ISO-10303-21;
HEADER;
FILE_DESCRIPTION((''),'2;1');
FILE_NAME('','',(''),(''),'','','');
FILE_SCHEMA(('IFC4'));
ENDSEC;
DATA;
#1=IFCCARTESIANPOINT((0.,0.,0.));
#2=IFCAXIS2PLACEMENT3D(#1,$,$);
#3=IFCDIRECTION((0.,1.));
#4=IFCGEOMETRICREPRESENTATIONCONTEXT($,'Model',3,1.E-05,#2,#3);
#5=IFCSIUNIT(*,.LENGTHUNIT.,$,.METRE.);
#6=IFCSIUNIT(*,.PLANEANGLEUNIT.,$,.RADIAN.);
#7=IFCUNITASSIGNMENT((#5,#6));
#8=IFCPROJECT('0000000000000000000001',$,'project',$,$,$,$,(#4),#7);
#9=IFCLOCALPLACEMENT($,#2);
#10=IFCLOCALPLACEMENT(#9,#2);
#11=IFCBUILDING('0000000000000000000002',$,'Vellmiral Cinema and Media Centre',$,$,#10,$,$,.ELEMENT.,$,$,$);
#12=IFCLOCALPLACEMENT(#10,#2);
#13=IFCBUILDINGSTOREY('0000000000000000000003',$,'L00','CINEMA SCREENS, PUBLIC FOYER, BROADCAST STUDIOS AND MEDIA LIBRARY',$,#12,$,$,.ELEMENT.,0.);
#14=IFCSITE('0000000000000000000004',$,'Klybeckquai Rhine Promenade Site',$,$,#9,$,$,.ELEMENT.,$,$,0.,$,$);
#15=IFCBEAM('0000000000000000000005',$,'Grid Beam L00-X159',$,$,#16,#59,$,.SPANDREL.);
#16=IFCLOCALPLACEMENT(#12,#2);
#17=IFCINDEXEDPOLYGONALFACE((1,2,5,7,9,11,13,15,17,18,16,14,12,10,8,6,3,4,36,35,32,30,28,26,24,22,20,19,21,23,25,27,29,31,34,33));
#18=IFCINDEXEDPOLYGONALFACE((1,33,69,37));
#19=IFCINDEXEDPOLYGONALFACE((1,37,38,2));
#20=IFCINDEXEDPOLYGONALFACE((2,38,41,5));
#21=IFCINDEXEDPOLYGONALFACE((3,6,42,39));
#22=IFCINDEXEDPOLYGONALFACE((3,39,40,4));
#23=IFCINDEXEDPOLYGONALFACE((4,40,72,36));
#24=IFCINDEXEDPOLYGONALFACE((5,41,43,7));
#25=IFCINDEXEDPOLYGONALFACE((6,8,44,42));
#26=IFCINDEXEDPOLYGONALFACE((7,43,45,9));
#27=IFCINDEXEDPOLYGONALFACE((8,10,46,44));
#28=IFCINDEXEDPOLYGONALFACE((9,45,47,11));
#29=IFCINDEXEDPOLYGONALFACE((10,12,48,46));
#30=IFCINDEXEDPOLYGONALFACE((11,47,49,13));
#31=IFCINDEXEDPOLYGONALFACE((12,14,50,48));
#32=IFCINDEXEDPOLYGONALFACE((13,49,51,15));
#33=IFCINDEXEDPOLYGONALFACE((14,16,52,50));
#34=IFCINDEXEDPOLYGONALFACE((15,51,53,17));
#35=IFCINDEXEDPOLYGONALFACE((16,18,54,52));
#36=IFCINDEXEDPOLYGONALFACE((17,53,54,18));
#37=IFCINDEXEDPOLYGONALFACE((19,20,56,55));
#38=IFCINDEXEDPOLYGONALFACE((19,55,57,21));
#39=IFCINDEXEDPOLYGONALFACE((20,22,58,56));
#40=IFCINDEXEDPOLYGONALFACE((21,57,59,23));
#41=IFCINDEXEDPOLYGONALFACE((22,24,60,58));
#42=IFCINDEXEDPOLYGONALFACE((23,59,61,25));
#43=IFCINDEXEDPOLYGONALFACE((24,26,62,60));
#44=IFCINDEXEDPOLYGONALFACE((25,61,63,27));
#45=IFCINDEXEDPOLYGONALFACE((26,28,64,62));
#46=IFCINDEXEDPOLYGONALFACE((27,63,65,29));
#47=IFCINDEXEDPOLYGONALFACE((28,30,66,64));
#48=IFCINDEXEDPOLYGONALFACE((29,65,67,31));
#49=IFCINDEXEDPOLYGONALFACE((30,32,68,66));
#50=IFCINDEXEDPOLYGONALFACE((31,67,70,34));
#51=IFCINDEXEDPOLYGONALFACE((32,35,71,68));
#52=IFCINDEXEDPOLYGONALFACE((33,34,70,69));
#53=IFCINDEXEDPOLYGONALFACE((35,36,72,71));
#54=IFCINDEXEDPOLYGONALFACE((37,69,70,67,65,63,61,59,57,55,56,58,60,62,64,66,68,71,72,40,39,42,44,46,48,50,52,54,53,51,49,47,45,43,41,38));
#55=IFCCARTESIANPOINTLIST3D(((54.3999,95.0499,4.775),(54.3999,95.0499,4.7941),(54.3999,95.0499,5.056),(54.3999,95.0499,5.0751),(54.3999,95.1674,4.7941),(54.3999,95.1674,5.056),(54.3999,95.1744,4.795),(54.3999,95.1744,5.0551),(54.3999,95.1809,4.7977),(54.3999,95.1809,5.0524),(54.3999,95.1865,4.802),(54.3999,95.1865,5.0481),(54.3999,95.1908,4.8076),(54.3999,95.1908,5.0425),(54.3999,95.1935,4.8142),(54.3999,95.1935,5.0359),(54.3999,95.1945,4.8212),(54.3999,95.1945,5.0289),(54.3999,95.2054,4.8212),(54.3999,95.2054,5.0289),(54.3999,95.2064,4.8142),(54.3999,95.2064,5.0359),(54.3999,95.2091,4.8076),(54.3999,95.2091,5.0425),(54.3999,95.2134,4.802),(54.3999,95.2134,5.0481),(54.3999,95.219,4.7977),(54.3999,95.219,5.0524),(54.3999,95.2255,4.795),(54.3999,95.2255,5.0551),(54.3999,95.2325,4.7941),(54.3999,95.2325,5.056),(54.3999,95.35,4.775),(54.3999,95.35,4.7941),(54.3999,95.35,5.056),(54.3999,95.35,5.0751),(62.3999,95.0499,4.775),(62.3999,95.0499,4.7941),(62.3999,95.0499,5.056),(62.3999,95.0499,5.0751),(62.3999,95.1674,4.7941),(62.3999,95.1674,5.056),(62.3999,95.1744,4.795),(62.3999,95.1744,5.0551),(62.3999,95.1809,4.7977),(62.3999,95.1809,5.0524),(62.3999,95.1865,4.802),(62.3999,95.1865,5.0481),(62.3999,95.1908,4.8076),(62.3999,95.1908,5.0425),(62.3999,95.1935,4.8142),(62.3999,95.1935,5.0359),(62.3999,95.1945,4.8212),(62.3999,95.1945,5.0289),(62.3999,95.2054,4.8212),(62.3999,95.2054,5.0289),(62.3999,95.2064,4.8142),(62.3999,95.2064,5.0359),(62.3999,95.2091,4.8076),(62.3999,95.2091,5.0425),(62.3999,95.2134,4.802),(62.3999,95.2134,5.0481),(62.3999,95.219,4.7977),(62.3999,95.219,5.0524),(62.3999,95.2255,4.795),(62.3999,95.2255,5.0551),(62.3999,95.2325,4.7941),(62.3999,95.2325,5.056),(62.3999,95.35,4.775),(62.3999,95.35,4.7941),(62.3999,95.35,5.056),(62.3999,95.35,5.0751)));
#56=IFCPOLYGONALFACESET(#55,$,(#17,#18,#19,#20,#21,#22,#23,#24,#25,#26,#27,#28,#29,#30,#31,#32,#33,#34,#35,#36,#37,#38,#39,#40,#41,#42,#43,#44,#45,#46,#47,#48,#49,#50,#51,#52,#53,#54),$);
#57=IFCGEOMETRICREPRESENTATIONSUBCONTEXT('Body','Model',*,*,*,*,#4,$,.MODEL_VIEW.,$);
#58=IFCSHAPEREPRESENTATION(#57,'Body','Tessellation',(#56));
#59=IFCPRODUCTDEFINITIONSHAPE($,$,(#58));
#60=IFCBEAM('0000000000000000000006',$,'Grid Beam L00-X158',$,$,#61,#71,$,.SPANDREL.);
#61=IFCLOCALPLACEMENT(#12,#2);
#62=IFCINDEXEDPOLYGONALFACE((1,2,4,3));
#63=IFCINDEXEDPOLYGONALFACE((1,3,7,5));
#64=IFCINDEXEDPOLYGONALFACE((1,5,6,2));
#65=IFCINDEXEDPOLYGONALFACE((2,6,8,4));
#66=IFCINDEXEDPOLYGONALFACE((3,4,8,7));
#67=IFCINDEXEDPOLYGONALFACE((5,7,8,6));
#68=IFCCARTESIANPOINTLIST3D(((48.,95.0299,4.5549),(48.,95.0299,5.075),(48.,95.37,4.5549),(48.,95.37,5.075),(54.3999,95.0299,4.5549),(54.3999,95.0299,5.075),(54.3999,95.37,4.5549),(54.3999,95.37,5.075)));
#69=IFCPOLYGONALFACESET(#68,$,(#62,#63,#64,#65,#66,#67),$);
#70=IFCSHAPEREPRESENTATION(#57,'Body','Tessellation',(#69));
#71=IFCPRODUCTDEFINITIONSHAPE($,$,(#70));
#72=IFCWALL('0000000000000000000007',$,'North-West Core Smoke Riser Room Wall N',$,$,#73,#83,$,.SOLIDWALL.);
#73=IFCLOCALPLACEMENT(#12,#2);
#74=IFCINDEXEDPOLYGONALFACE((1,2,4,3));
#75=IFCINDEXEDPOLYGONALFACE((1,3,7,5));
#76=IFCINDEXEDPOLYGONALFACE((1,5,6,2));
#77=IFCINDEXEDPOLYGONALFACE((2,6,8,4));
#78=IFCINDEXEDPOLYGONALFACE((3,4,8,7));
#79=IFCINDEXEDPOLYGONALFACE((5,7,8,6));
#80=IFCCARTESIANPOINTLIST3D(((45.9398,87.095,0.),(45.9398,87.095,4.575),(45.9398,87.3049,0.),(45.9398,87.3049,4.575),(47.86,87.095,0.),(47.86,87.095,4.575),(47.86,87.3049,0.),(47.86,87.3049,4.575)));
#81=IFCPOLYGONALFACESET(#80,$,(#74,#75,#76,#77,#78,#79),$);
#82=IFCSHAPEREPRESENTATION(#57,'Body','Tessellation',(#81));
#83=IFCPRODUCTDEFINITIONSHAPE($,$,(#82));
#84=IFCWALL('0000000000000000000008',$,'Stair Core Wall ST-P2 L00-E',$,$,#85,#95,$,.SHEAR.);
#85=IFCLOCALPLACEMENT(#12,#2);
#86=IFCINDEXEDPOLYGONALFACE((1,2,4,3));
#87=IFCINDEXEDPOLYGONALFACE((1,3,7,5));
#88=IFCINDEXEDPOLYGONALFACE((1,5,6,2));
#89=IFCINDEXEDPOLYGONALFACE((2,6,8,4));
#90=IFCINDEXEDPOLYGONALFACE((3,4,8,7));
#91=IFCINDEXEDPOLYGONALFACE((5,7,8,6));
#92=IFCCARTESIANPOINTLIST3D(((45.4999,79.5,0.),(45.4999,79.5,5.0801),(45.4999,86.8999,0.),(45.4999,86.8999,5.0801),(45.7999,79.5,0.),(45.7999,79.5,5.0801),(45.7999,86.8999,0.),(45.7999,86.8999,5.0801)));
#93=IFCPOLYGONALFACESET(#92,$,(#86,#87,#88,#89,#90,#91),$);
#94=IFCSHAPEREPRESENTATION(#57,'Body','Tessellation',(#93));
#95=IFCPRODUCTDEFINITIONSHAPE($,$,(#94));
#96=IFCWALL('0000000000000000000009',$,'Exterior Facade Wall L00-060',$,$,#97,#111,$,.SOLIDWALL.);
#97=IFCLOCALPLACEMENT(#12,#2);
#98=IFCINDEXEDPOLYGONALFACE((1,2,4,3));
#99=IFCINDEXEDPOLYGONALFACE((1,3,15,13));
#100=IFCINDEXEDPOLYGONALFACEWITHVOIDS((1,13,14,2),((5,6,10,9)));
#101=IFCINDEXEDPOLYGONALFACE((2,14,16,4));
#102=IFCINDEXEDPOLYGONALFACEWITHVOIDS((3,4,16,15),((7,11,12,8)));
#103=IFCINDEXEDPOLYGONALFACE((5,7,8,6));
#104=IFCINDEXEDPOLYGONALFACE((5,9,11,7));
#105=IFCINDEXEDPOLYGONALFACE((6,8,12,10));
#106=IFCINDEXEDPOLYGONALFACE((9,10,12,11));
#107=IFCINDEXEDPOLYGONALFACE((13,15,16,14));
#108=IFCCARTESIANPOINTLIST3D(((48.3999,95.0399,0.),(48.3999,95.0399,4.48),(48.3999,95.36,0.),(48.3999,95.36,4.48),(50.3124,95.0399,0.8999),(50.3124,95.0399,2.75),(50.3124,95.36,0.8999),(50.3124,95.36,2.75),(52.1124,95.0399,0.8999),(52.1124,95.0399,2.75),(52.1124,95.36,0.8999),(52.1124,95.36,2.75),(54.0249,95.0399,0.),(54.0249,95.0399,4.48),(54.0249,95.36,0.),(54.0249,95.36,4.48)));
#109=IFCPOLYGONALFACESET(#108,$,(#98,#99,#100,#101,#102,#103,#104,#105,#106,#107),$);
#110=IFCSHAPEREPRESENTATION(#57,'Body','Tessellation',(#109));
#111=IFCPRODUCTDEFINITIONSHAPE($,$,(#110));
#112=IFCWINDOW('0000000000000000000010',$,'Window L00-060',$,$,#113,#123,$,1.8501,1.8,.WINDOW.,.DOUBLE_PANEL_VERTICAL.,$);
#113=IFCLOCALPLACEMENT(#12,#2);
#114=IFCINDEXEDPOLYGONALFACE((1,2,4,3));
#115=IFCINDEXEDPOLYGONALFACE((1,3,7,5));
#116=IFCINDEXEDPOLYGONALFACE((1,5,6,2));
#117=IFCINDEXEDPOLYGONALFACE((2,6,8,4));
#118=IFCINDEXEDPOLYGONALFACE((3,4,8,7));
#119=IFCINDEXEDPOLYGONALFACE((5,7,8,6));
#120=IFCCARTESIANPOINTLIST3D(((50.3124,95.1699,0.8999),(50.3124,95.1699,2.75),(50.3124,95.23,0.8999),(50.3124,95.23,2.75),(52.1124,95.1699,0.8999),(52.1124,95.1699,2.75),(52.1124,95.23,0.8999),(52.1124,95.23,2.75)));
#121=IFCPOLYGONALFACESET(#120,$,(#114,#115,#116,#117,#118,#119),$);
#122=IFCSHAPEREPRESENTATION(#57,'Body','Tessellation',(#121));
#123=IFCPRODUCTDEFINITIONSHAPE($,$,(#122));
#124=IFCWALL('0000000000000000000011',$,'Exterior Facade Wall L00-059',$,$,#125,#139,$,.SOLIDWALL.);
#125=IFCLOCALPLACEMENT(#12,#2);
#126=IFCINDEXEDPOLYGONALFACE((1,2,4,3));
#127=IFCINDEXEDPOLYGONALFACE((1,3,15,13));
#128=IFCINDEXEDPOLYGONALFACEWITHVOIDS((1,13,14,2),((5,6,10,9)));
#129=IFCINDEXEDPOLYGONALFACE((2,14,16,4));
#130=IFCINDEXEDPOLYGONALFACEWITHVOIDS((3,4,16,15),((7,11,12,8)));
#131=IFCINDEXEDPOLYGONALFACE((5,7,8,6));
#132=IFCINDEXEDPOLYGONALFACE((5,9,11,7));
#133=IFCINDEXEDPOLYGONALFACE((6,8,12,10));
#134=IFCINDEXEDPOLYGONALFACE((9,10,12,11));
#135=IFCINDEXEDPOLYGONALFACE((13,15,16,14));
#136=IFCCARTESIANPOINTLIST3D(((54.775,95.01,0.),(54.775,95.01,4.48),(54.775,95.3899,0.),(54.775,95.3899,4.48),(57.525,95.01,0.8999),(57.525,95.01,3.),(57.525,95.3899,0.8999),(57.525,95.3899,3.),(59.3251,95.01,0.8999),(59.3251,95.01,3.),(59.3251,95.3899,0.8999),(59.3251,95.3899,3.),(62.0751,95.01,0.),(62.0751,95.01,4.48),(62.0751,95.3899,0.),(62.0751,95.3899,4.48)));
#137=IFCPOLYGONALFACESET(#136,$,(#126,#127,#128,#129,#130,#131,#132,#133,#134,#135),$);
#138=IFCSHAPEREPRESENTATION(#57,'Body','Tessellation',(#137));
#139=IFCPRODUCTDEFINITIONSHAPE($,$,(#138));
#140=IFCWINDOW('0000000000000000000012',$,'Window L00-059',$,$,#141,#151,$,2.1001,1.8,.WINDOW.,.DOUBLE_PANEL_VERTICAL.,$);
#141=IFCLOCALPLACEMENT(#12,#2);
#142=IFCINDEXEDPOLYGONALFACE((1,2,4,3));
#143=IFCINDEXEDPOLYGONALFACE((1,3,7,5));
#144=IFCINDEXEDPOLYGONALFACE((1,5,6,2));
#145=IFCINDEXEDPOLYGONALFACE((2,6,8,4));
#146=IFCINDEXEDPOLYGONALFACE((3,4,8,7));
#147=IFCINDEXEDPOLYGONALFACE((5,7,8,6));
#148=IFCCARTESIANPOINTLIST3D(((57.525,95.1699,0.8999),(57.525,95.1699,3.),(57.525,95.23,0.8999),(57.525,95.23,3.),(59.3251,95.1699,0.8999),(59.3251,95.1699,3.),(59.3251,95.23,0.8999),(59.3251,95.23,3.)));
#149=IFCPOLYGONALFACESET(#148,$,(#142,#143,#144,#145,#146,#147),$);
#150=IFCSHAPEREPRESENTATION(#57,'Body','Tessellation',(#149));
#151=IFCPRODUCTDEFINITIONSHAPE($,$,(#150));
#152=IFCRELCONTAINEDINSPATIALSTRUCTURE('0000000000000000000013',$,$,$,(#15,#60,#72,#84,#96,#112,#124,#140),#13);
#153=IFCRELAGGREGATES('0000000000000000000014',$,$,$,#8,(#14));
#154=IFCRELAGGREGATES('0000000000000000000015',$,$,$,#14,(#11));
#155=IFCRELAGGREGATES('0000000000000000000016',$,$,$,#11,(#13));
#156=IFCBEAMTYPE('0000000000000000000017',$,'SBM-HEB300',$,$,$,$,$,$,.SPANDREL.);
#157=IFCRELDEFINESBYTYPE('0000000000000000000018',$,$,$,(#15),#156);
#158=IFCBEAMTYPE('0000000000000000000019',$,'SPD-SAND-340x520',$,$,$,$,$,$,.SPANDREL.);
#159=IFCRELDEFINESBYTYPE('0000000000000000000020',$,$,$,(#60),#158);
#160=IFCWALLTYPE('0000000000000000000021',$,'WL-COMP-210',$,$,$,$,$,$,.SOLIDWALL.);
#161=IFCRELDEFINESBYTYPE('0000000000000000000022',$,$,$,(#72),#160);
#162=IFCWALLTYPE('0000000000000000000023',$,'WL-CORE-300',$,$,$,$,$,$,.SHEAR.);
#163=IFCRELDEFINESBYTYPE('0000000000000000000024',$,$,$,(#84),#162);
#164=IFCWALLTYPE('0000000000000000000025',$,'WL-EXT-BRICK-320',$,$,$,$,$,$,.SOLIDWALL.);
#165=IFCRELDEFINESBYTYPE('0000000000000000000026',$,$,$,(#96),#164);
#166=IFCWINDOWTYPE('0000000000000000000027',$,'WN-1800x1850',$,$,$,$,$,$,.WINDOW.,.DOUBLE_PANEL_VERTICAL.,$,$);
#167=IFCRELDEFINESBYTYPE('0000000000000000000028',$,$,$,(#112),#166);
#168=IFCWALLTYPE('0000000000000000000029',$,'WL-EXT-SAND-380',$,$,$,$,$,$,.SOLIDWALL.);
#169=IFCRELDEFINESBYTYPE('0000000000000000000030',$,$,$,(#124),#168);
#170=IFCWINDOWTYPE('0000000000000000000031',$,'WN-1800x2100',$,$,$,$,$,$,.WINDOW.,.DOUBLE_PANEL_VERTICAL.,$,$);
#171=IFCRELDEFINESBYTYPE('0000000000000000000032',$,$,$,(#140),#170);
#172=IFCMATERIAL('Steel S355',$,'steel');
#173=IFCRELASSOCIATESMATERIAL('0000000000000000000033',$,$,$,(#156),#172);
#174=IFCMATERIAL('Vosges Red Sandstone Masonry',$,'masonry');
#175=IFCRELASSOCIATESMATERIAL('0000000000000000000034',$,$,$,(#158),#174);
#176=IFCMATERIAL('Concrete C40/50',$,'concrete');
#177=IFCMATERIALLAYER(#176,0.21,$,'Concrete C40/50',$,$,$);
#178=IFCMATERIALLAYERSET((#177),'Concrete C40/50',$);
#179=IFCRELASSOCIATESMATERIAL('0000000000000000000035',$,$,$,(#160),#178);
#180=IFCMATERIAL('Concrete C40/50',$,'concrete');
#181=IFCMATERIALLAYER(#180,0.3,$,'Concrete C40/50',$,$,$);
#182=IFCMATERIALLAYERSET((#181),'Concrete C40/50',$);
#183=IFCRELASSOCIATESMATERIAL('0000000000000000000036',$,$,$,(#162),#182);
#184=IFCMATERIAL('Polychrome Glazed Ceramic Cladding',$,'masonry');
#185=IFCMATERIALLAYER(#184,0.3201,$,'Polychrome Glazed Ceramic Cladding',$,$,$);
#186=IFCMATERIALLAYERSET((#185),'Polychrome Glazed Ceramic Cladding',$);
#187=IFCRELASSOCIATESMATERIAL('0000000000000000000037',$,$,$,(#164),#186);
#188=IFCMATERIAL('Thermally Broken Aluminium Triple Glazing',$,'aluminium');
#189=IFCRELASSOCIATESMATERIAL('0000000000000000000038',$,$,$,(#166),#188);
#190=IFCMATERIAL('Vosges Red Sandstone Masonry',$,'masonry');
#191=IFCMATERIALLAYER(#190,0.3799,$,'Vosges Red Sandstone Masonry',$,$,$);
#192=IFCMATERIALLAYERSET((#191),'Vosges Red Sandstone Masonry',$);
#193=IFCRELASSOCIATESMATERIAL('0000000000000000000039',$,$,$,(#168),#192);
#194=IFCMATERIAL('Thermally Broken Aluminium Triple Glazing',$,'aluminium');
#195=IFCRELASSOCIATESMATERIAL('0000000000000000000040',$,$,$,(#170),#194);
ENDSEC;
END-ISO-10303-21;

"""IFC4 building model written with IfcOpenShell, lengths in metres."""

from ifc_helpers import new_model, si_unit, direction, frame, frame_2d, origin, origin_2d, place, context, subcontext, project, spatial, rectangle, i_section, extrude, material, layer, layer_set, material_profile, profile_set, type_object, element, fill, save


model = new_model("IFC4")

# Units and contexts
model_context = context("Model", 3, precision=1e-05, world=origin(), true_north=direction((0.0, 1.0)))
body_context = subcontext(model_context, "Body", "Model", "MODEL_VIEW")
ifc_project = project(units=[si_unit("LENGTHUNIT", "METRE"), si_unit("PLANEANGLEUNIT", "RADIAN")], contexts=[model_context])

# Site, building, storey
site_placement = place(None, origin())
site = spatial("IfcSite", under=ifc_project, at=site_placement, Name="Klybeckquai Rhine Promenade Site", CompositionType="ELEMENT", RefElevation=0.0)
building_placement = place(site_placement, origin())
building = spatial("IfcBuilding", under=site, at=building_placement, Name="Vellmiral Cinema and Media Centre", CompositionType="ELEMENT")
storey_placement = place(building_placement, origin())
storey = spatial("IfcBuildingStorey", under=building, at=storey_placement, Name="L00", Description="CINEMA SCREENS, PUBLIC FOYER, BROADCAST STUDIOS AND MEDIA LIBRARY", CompositionType="ELEMENT", Elevation=0.0)

# Beams
ifc_material_1 = material(Name="Steel S355", Category="steel")
ifc_material_profile_1 = material_profile(ifc_material_1, i_section(OverallWidth=0.3, OverallDepth=0.3, WebThickness=0.011, FlangeThickness=0.019, FilletRadius=0.0271, at=origin_2d()), Name="HEB 300")
ifc_profile_set_1 = profile_set([ifc_material_profile_1], Name="Steel S355")
beam_type_1 = type_object("IfcBeamType", Name="SBM-HEB300", PredefinedType="SPANDREL", material=ifc_profile_set_1)
beam_1_placement = place(storey_placement, frame((54.3999, 95.2, 4.925), z_axis=(1.0, 0.0, 0.0), x_axis=(0.0, 1.0, 0.0)))
element("IfcBeam", 1, at=beam_1_placement, inside=storey, type_object=beam_type_1, Name="Grid Beam L00-X159", PredefinedType="SPANDREL", context=body_context, shape_type="SweptSolid", body=[
    extrude(i_section(OverallWidth=0.3, OverallDepth=0.3, WebThickness=0.011, FlangeThickness=0.019, FilletRadius=0.0271, at=origin_2d()), origin(), (0.0, 0.0, 1.0), 8.0),
])
ifc_material_2 = material(Name="Vosges Red Sandstone Masonry", Category="masonry")
ifc_material_profile_2 = material_profile(ifc_material_2, rectangle(XDim=0.3401, YDim=0.52, at=origin_2d()), Name="SAND 340x520")
ifc_profile_set_2 = profile_set([ifc_material_profile_2], Name="Vosges Red Sandstone Masonry")
beam_type_2 = type_object("IfcBeamType", Name="SPD-SAND-340x520", PredefinedType="SPANDREL", material=ifc_profile_set_2)
beam_2_placement = place(storey_placement, frame((48.0, 95.2, 4.8149), z_axis=(1.0, 0.0, 0.0), x_axis=(0.0, 1.0, 0.0)))
element("IfcBeam", 2, at=beam_2_placement, inside=storey, type_object=beam_type_2, Name="Grid Beam L00-X158", PredefinedType="SPANDREL", context=body_context, shape_type="SweptSolid", body=[
    extrude(rectangle(XDim=0.3401, YDim=0.52, at=origin_2d()), origin(), (0.0, 0.0, 1.0), 6.3999),
])

# Walls
ifc_material_3 = material(Name="Concrete C40/50", Category="concrete")
ifc_layer_1 = layer(ifc_material_3, 0.21, Name="Concrete C40/50")
ifc_layer_set_1 = layer_set([ifc_layer_1], Name="Concrete C40/50")
wall_type_1 = type_object("IfcWallType", Name="WL-COMP-210", PredefinedType="SOLIDWALL", material=ifc_layer_set_1)
wall_1_placement = place(storey_placement, frame((45.9399, 87.2, 0.0), z_axis=(0.0, 0.0, 1.0), x_axis=(1.0, 0.0, 0.0)))
element("IfcWall", 3, at=wall_1_placement, inside=storey, type_object=wall_type_1, Name="North-West Core Smoke Riser Room Wall N", PredefinedType="SOLIDWALL", context=body_context, shape_type="SweptSolid", body=[
    extrude(rectangle(XDim=1.9202, YDim=0.21, at=frame_2d((0.96, 0.0))), origin(), (0.0, 0.0, 1.0), 4.575),
])
ifc_material_4 = material(Name="Concrete C40/50", Category="concrete")
ifc_layer_2 = layer(ifc_material_4, 0.3, Name="Concrete C40/50")
ifc_layer_set_2 = layer_set([ifc_layer_2], Name="Concrete C40/50")
wall_type_2 = type_object("IfcWallType", Name="WL-CORE-300", PredefinedType="SHEAR", material=ifc_layer_set_2)
wall_2_placement = place(storey_placement, frame((45.6499, 79.5, 0.0), z_axis=(0.0, 0.0, 1.0), x_axis=(0.0, 1.0, 0.0)))
element("IfcWall", 4, at=wall_2_placement, inside=storey, type_object=wall_type_2, Name="Stair Core Wall ST-P2 L00-E", PredefinedType="SHEAR", context=body_context, shape_type="SweptSolid", body=[
    extrude(rectangle(XDim=7.3999, YDim=0.3, at=frame_2d((3.7, 0.0))), origin(), (0.0, 0.0, 1.0), 5.0801),
])

# Walls, openings, windows
ifc_material_5 = material(Name="Polychrome Glazed Ceramic Cladding", Category="masonry")
ifc_layer_3 = layer(ifc_material_5, 0.3201, Name="Polychrome Glazed Ceramic Cladding")
ifc_layer_set_3 = layer_set([ifc_layer_3], Name="Polychrome Glazed Ceramic Cladding")
wall_type_3 = type_object("IfcWallType", Name="WL-EXT-BRICK-320", PredefinedType="SOLIDWALL", material=ifc_layer_set_3)
wall_3_placement = place(storey_placement, frame((54.0249, 95.2, 0.0), z_axis=(0.0, 0.0, 1.0), x_axis=(-1.0, 0.0, 0.0)))
wall_3 = element("IfcWall", 5, at=wall_3_placement, inside=storey, type_object=wall_type_3, Name="Exterior Facade Wall L00-060", PredefinedType="SOLIDWALL", context=body_context, shape_type="SweptSolid", body=[
    extrude(rectangle(XDim=5.625, YDim=0.3201, at=frame_2d((2.8125, 0.0))), origin(), (0.0, 0.0, 1.0), 4.48),
])
opening_1_placement = place(wall_3_placement, frame((1.9126, 0.0, 0.8999)))
opening_1 = element("IfcOpeningElement", 6, at=opening_1_placement, cuts=wall_3, PredefinedType="OPENING", context=body_context, shape_type="SweptSolid", body=[
    extrude(rectangle(XDim=1.8, YDim=1.8501, at=frame_2d((0.8999, 0.925))), frame((0.0, 0.1719, 0.0), z_axis=(0.0, -1.0, 0.0), x_axis=(1.0, 0.0, 0.0)), (0.0, 0.0, 1.0), 0.344),
])
ifc_material_6 = material(Name="Thermally Broken Aluminium Triple Glazing", Category="aluminium")
window_type_1 = type_object("IfcWindowType", Name="WN-1800x1850", PartitioningType="DOUBLE_PANEL_VERTICAL", PredefinedType="WINDOW", material=ifc_material_6)
window_1_placement = place(opening_1_placement, origin())
window_1 = element("IfcWindow", 7, at=window_1_placement, inside=storey, type_object=window_type_1, Name="Window L00-060", OverallHeight=1.8501, OverallWidth=1.8, PartitioningType="DOUBLE_PANEL_VERTICAL", PredefinedType="WINDOW", context=body_context, shape_type="SweptSolid", body=[
    extrude(rectangle(XDim=1.8, YDim=1.8501, at=frame_2d((0.8999, 0.925))), frame((0.0, 0.03, 0.0), z_axis=(0.0, -1.0, 0.0), x_axis=(1.0, 0.0, 0.0)), (0.0, 0.0, 1.0), 0.0601),
])
fill(opening_1, window_1)
ifc_material_7 = material(Name="Vosges Red Sandstone Masonry", Category="masonry")
ifc_layer_4 = layer(ifc_material_7, 0.3799, Name="Vosges Red Sandstone Masonry")
ifc_layer_set_4 = layer_set([ifc_layer_4], Name="Vosges Red Sandstone Masonry")
wall_type_4 = type_object("IfcWallType", Name="WL-EXT-SAND-380", PredefinedType="SOLIDWALL", material=ifc_layer_set_4)
wall_4_placement = place(storey_placement, frame((62.075, 95.2, 0.0), z_axis=(0.0, 0.0, 1.0), x_axis=(-1.0, 0.0, 0.0)))
wall_4 = element("IfcWall", 8, at=wall_4_placement, inside=storey, type_object=wall_type_4, Name="Exterior Facade Wall L00-059", PredefinedType="SOLIDWALL", context=body_context, shape_type="SweptSolid", body=[
    extrude(rectangle(XDim=7.3, YDim=0.3799, at=frame_2d((3.6499, 0.0))), origin(), (0.0, 0.0, 1.0), 4.48),
])
opening_2_placement = place(wall_4_placement, frame((2.75, 0.0, 0.8999)))
opening_2 = element("IfcOpeningElement", 9, at=opening_2_placement, cuts=wall_4, PredefinedType="OPENING", context=body_context, shape_type="SweptSolid", body=[
    extrude(rectangle(XDim=1.8, YDim=2.1001, at=frame_2d((0.8999, 1.05))), frame((0.0, 0.2019, 0.0), z_axis=(0.0, -1.0, 0.0), x_axis=(1.0, 0.0, 0.0)), (0.0, 0.0, 1.0), 0.4038),
])
ifc_material_8 = material(Name="Thermally Broken Aluminium Triple Glazing", Category="aluminium")
window_type_2 = type_object("IfcWindowType", Name="WN-1800x2100", PartitioningType="DOUBLE_PANEL_VERTICAL", PredefinedType="WINDOW", material=ifc_material_8)
window_2_placement = place(opening_2_placement, origin())
window_2 = element("IfcWindow", 10, at=window_2_placement, inside=storey, type_object=window_type_2, Name="Window L00-059", OverallHeight=2.1001, OverallWidth=1.8, PartitioningType="DOUBLE_PANEL_VERTICAL", PredefinedType="WINDOW", context=body_context, shape_type="SweptSolid", body=[
    extrude(rectangle(XDim=1.8, YDim=2.1001, at=frame_2d((0.8999, 1.05))), frame((0.0, 0.03, 0.0), z_axis=(0.0, -1.0, 0.0), x_axis=(1.0, 0.0, 0.0)), (0.0, 0.0, 1.0), 0.0601),
])
fill(opening_2, window_2)

save(model, "model.ifc")
